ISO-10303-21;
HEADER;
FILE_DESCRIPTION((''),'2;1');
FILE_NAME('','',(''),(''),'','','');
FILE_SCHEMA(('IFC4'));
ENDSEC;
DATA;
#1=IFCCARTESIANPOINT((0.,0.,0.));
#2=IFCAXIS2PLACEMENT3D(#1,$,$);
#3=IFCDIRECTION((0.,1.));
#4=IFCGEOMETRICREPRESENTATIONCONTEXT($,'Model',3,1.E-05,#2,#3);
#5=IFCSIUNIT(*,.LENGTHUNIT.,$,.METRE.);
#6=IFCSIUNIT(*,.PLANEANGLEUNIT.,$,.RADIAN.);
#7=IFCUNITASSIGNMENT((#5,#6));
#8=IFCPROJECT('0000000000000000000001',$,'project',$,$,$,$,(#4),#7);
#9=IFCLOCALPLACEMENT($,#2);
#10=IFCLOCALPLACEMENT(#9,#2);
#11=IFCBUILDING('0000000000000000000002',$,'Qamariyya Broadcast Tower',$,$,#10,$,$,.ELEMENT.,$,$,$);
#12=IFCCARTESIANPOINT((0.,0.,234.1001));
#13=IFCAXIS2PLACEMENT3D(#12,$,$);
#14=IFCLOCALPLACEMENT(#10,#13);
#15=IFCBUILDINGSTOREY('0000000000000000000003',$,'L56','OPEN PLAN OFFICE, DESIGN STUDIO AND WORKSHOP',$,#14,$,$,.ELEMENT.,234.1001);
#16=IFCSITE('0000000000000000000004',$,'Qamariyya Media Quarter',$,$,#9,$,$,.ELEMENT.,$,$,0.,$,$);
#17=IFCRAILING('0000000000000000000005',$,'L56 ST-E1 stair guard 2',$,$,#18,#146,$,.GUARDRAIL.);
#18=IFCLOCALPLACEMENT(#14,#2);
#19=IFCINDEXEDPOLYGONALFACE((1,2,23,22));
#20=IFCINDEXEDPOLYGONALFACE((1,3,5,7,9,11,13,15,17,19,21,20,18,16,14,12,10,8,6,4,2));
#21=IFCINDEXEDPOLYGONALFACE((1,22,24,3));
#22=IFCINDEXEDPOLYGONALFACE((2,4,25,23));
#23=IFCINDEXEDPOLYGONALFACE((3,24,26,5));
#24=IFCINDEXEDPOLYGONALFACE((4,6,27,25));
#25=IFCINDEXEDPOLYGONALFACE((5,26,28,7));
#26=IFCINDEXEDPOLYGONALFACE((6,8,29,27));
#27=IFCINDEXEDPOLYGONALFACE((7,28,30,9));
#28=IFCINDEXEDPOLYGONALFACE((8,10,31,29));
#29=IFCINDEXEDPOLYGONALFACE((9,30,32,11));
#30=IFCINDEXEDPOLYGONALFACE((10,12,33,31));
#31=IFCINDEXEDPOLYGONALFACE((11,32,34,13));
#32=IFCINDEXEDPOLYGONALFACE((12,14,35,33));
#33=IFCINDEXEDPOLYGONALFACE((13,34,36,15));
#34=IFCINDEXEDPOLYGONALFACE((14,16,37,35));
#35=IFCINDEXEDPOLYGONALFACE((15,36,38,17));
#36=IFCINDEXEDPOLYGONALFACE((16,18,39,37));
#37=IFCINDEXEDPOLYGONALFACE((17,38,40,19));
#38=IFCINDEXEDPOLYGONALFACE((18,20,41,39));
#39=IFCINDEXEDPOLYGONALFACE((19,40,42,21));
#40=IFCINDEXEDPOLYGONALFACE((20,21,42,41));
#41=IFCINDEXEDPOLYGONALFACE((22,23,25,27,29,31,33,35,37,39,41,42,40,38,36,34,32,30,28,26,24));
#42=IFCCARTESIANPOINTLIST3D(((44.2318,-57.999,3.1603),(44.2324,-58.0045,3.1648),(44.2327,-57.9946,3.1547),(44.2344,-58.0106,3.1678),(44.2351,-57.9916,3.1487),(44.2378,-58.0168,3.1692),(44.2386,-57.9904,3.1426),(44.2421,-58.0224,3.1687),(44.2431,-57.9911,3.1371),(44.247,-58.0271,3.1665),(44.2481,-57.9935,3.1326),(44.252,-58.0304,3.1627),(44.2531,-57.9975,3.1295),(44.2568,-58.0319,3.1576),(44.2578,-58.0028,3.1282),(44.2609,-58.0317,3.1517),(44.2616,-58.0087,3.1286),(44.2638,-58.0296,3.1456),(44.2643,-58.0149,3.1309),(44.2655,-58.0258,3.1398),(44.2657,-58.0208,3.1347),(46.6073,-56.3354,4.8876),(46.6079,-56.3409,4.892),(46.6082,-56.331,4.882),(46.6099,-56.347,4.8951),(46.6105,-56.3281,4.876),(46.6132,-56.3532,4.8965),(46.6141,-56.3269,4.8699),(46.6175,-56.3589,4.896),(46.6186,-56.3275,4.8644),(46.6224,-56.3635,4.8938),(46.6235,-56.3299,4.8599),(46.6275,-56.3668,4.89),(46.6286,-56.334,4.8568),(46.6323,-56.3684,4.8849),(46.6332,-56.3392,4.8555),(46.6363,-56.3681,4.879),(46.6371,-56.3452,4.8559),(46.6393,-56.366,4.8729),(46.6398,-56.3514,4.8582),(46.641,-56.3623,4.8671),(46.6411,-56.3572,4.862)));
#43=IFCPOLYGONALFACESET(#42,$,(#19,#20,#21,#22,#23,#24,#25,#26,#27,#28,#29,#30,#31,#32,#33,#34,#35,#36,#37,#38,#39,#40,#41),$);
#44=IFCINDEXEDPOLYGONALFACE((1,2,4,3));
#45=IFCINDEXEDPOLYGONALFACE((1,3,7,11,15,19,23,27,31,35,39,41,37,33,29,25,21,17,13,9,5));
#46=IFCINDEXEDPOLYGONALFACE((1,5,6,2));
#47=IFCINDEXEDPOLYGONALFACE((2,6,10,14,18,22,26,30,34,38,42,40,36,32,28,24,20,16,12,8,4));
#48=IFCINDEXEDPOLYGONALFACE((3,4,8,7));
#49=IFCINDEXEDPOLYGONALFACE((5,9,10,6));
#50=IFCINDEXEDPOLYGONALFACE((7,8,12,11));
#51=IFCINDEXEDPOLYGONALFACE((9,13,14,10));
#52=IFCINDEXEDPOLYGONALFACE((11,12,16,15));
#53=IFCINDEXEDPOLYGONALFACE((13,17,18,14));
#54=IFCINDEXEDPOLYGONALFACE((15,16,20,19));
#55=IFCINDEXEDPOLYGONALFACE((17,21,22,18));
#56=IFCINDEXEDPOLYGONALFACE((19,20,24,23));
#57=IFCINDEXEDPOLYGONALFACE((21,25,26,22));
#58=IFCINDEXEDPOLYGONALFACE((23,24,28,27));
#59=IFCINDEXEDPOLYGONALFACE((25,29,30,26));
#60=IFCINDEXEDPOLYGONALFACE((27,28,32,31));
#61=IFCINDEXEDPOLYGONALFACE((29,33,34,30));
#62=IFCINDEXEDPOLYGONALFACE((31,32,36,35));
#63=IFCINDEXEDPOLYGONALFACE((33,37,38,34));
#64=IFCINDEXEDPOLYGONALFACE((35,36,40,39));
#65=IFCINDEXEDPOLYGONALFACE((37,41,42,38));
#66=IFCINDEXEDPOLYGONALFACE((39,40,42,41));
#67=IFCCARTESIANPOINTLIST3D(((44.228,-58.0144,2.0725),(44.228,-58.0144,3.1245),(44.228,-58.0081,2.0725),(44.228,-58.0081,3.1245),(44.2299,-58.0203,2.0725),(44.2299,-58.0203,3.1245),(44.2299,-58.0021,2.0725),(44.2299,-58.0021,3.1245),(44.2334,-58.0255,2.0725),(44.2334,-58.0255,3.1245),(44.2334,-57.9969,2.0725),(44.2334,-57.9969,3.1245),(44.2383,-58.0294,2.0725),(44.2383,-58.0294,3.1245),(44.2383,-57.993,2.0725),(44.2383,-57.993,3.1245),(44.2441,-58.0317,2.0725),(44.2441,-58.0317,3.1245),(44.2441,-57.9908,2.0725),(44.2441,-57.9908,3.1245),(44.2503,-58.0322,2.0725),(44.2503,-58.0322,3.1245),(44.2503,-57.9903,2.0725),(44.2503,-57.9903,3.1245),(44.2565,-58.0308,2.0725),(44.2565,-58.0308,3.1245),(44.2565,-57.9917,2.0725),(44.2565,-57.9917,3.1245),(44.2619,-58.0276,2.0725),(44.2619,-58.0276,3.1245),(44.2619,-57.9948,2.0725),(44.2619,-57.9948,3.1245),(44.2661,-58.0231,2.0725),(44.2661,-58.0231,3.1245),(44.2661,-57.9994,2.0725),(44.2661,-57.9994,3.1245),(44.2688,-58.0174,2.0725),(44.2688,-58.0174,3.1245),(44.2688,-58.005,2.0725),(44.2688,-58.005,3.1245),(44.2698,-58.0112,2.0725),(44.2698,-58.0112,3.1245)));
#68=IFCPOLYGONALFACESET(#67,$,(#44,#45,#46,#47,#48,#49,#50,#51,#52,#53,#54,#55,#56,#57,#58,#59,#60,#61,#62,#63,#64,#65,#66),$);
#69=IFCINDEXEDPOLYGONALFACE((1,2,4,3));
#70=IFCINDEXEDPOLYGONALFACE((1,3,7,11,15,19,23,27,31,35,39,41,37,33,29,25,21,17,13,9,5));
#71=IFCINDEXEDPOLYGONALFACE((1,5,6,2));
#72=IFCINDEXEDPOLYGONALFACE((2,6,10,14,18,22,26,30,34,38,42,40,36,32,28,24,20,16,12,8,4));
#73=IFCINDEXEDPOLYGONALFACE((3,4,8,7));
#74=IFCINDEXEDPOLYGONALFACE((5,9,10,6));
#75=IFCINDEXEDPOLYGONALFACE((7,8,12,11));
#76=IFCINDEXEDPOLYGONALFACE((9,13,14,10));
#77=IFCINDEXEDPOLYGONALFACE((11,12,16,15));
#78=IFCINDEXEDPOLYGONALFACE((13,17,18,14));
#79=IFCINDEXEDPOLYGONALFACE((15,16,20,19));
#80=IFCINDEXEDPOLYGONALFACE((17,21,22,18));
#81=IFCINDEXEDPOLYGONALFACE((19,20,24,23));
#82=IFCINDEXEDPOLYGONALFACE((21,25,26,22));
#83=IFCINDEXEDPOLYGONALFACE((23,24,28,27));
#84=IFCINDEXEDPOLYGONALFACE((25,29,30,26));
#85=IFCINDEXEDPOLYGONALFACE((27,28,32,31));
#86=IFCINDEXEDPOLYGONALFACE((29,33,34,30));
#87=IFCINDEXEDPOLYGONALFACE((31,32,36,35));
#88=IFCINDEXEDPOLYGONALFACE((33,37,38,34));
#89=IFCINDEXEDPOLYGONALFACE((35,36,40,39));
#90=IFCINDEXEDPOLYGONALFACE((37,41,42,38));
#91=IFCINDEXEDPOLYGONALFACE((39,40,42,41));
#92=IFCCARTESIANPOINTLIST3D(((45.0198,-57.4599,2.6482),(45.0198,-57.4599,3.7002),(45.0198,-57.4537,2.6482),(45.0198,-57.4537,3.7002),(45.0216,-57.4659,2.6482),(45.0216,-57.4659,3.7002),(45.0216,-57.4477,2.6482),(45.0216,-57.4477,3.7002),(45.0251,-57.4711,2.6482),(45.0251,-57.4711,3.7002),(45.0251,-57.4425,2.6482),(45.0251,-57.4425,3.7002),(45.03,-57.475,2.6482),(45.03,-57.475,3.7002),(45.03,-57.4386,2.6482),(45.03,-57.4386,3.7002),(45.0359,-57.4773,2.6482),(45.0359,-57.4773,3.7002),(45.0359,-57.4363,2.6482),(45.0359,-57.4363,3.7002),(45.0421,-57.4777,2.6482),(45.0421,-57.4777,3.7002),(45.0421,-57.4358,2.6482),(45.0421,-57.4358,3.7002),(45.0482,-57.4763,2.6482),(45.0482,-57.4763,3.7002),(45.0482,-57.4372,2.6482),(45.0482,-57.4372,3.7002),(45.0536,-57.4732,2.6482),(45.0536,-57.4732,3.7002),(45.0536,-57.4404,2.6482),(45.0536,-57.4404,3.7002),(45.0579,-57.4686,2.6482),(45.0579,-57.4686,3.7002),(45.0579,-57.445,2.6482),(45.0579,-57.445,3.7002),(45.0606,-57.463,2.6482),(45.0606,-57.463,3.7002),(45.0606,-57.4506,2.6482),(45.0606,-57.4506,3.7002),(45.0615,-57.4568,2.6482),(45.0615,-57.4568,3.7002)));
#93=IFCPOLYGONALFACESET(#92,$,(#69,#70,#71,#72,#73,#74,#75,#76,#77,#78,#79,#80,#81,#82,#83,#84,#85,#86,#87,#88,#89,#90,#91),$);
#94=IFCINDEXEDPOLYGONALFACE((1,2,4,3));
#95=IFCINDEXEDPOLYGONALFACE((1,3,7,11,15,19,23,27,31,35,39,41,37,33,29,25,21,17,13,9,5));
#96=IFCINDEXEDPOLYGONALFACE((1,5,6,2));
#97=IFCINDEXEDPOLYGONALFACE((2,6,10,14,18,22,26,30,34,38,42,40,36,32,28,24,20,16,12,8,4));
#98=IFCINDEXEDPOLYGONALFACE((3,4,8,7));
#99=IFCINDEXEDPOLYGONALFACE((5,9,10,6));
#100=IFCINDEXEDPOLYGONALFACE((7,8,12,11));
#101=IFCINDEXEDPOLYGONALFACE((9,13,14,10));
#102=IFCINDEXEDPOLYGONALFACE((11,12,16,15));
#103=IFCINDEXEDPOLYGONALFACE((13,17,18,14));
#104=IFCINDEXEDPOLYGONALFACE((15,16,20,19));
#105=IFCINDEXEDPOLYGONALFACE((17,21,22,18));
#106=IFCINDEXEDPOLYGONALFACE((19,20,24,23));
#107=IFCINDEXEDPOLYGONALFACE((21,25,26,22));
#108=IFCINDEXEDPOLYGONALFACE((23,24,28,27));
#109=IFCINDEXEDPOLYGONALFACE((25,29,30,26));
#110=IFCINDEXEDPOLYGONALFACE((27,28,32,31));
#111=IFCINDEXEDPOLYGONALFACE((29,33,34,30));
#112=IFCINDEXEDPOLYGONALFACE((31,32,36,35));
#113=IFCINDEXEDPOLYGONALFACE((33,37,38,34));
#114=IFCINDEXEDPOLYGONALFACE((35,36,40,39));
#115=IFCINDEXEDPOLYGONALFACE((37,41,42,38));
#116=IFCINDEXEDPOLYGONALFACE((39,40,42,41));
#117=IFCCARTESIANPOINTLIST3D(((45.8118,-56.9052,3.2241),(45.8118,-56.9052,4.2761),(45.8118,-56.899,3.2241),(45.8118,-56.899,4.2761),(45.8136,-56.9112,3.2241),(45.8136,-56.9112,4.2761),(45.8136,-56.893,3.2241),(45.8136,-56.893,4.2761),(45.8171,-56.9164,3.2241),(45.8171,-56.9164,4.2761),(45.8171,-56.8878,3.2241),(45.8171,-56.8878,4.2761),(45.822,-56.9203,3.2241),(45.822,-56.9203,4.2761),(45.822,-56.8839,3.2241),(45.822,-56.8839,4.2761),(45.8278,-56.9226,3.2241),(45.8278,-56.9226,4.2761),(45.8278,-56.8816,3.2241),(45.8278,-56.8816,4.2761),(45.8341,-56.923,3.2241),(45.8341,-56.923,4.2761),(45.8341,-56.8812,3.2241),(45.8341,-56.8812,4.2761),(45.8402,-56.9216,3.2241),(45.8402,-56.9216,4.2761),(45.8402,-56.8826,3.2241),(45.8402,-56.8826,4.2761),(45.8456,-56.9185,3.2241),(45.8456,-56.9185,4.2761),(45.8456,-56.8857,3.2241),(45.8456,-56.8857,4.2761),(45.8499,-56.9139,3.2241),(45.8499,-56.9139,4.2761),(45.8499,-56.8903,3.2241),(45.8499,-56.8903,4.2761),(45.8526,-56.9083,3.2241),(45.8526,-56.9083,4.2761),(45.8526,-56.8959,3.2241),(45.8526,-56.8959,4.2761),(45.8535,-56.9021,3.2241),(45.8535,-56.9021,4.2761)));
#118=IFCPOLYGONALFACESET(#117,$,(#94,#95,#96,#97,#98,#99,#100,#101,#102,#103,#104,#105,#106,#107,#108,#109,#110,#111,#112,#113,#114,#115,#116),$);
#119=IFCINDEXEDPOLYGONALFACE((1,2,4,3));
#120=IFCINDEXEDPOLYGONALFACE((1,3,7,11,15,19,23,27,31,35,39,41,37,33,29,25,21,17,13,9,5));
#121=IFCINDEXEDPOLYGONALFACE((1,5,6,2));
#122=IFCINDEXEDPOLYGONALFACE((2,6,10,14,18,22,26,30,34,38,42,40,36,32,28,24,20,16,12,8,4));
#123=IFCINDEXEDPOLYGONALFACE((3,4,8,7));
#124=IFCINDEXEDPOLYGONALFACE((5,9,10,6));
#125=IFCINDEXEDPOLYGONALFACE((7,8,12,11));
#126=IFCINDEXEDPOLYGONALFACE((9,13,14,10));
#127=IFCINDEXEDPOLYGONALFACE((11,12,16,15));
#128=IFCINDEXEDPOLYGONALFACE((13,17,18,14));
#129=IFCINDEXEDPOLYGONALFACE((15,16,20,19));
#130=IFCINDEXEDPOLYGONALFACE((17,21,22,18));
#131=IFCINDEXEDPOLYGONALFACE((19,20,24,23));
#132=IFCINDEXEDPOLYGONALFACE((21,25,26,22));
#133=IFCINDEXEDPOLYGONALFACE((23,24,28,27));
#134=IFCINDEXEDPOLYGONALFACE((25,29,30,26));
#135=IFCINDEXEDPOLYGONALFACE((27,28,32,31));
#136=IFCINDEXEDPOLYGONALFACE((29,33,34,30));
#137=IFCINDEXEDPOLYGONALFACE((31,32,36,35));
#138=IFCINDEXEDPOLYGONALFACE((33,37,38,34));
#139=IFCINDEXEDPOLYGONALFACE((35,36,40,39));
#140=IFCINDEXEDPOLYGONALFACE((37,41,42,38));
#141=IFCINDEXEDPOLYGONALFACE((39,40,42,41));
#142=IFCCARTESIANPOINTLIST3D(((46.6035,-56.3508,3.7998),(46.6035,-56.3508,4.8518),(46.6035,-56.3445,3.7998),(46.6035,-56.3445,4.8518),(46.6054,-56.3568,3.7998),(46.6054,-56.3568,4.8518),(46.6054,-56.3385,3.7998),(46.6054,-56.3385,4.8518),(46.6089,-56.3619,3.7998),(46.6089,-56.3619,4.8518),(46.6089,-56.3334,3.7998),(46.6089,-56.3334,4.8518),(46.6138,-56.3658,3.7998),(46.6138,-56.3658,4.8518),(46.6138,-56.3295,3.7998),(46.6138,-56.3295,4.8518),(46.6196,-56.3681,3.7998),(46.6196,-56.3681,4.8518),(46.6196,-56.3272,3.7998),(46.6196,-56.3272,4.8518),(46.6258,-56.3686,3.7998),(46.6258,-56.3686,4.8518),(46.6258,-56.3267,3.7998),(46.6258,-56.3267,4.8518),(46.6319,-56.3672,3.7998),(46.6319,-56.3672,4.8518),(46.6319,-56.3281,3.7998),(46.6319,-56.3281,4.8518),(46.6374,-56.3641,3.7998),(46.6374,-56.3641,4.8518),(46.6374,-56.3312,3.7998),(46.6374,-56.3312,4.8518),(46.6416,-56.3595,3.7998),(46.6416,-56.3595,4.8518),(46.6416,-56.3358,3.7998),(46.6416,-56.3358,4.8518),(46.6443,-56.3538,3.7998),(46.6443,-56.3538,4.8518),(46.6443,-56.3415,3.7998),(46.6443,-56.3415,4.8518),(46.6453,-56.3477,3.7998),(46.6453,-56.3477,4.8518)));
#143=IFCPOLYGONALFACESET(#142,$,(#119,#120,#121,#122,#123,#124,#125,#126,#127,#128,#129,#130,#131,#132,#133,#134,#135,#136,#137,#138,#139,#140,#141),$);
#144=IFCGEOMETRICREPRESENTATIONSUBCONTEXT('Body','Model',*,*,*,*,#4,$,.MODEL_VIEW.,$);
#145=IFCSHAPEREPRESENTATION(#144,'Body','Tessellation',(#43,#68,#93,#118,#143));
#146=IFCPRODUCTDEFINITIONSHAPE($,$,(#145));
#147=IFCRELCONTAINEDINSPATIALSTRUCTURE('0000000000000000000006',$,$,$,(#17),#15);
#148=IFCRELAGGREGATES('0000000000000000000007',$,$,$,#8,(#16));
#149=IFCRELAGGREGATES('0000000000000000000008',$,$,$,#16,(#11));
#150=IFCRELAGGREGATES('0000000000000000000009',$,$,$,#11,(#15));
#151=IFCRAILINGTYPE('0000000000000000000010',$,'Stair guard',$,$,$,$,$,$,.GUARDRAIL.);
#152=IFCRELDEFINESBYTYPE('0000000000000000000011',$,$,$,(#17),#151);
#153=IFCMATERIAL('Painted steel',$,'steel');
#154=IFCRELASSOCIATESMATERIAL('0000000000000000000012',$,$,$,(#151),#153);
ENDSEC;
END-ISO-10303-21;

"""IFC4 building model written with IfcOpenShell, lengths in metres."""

from ifc_helpers import new_model, si_unit, direction, frame, origin, origin_2d, place, context, subcontext, project, spatial, circle, extrude, material, type_object, element, save


model = new_model("IFC4")

# Units and contexts
model_context = context("Model", 3, precision=1e-05, world=origin(), true_north=direction((0.0, 1.0)))
body_context = subcontext(model_context, "Body", "Model", "MODEL_VIEW")
ifc_project = project(units=[si_unit("LENGTHUNIT", "METRE"), si_unit("PLANEANGLEUNIT", "RADIAN")], contexts=[model_context])

# Site, building, storey
site_placement = place(None, origin())
site = spatial("IfcSite", under=ifc_project, at=site_placement, Name="Qamariyya Media Quarter", CompositionType="ELEMENT", RefElevation=0.0)
building_placement = place(site_placement, origin())
building = spatial("IfcBuilding", under=site, at=building_placement, Name="Qamariyya Broadcast Tower", CompositionType="ELEMENT")
storey_placement = place(building_placement, frame((0.0, 0.0, 234.1001)))
storey = spatial("IfcBuildingStorey", under=building, at=storey_placement, Name="L56", Description="OPEN PLAN OFFICE, DESIGN STUDIO AND WORKSHOP", CompositionType="ELEMENT", Elevation=234.1001)

# Railing
ifc_material_1 = material(Name="Painted steel", Category="steel")
railing_type_1 = type_object("IfcRailingType", Name="Stair guard", PredefinedType="GUARDRAIL", material=ifc_material_1)
railing_1_placement = place(storey_placement, frame((44.2488, -58.0112, 2.0725)))
element("IfcRailing", 1, at=railing_1_placement, inside=storey, type_object=railing_type_1, Name="L56 ST-E1 stair guard 2", PredefinedType="GUARDRAIL", context=body_context, shape_type="SweptSolid", body=[
    extrude(circle(Radius=0.0239, at=origin_2d()), frame((0.0, 0.0, 1.0762), z_axis=(0.703745, 0.492838, 0.511716), x_axis=(-0.573632, 0.819113, 0.0)), (0.0, 0.0, 1.0), 3.3755),
    extrude(circle(Radius=0.021, at=origin_2d()), origin(), (0.0, 0.0, 1.0), 1.052),
    extrude(circle(Radius=0.021, at=origin_2d()), frame((0.7917, 0.5544, 0.5757)), (0.0, 0.0, 1.0), 1.052),
    extrude(circle(Radius=0.021, at=origin_2d()), frame((1.5837, 1.1091, 1.1516)), (0.0, 0.0, 1.0), 1.052),
    extrude(circle(Radius=0.021, at=origin_2d()), frame((2.3755, 1.6636, 1.7273)), (0.0, 0.0, 1.0), 1.052),
])

save(model, "model.ifc")
